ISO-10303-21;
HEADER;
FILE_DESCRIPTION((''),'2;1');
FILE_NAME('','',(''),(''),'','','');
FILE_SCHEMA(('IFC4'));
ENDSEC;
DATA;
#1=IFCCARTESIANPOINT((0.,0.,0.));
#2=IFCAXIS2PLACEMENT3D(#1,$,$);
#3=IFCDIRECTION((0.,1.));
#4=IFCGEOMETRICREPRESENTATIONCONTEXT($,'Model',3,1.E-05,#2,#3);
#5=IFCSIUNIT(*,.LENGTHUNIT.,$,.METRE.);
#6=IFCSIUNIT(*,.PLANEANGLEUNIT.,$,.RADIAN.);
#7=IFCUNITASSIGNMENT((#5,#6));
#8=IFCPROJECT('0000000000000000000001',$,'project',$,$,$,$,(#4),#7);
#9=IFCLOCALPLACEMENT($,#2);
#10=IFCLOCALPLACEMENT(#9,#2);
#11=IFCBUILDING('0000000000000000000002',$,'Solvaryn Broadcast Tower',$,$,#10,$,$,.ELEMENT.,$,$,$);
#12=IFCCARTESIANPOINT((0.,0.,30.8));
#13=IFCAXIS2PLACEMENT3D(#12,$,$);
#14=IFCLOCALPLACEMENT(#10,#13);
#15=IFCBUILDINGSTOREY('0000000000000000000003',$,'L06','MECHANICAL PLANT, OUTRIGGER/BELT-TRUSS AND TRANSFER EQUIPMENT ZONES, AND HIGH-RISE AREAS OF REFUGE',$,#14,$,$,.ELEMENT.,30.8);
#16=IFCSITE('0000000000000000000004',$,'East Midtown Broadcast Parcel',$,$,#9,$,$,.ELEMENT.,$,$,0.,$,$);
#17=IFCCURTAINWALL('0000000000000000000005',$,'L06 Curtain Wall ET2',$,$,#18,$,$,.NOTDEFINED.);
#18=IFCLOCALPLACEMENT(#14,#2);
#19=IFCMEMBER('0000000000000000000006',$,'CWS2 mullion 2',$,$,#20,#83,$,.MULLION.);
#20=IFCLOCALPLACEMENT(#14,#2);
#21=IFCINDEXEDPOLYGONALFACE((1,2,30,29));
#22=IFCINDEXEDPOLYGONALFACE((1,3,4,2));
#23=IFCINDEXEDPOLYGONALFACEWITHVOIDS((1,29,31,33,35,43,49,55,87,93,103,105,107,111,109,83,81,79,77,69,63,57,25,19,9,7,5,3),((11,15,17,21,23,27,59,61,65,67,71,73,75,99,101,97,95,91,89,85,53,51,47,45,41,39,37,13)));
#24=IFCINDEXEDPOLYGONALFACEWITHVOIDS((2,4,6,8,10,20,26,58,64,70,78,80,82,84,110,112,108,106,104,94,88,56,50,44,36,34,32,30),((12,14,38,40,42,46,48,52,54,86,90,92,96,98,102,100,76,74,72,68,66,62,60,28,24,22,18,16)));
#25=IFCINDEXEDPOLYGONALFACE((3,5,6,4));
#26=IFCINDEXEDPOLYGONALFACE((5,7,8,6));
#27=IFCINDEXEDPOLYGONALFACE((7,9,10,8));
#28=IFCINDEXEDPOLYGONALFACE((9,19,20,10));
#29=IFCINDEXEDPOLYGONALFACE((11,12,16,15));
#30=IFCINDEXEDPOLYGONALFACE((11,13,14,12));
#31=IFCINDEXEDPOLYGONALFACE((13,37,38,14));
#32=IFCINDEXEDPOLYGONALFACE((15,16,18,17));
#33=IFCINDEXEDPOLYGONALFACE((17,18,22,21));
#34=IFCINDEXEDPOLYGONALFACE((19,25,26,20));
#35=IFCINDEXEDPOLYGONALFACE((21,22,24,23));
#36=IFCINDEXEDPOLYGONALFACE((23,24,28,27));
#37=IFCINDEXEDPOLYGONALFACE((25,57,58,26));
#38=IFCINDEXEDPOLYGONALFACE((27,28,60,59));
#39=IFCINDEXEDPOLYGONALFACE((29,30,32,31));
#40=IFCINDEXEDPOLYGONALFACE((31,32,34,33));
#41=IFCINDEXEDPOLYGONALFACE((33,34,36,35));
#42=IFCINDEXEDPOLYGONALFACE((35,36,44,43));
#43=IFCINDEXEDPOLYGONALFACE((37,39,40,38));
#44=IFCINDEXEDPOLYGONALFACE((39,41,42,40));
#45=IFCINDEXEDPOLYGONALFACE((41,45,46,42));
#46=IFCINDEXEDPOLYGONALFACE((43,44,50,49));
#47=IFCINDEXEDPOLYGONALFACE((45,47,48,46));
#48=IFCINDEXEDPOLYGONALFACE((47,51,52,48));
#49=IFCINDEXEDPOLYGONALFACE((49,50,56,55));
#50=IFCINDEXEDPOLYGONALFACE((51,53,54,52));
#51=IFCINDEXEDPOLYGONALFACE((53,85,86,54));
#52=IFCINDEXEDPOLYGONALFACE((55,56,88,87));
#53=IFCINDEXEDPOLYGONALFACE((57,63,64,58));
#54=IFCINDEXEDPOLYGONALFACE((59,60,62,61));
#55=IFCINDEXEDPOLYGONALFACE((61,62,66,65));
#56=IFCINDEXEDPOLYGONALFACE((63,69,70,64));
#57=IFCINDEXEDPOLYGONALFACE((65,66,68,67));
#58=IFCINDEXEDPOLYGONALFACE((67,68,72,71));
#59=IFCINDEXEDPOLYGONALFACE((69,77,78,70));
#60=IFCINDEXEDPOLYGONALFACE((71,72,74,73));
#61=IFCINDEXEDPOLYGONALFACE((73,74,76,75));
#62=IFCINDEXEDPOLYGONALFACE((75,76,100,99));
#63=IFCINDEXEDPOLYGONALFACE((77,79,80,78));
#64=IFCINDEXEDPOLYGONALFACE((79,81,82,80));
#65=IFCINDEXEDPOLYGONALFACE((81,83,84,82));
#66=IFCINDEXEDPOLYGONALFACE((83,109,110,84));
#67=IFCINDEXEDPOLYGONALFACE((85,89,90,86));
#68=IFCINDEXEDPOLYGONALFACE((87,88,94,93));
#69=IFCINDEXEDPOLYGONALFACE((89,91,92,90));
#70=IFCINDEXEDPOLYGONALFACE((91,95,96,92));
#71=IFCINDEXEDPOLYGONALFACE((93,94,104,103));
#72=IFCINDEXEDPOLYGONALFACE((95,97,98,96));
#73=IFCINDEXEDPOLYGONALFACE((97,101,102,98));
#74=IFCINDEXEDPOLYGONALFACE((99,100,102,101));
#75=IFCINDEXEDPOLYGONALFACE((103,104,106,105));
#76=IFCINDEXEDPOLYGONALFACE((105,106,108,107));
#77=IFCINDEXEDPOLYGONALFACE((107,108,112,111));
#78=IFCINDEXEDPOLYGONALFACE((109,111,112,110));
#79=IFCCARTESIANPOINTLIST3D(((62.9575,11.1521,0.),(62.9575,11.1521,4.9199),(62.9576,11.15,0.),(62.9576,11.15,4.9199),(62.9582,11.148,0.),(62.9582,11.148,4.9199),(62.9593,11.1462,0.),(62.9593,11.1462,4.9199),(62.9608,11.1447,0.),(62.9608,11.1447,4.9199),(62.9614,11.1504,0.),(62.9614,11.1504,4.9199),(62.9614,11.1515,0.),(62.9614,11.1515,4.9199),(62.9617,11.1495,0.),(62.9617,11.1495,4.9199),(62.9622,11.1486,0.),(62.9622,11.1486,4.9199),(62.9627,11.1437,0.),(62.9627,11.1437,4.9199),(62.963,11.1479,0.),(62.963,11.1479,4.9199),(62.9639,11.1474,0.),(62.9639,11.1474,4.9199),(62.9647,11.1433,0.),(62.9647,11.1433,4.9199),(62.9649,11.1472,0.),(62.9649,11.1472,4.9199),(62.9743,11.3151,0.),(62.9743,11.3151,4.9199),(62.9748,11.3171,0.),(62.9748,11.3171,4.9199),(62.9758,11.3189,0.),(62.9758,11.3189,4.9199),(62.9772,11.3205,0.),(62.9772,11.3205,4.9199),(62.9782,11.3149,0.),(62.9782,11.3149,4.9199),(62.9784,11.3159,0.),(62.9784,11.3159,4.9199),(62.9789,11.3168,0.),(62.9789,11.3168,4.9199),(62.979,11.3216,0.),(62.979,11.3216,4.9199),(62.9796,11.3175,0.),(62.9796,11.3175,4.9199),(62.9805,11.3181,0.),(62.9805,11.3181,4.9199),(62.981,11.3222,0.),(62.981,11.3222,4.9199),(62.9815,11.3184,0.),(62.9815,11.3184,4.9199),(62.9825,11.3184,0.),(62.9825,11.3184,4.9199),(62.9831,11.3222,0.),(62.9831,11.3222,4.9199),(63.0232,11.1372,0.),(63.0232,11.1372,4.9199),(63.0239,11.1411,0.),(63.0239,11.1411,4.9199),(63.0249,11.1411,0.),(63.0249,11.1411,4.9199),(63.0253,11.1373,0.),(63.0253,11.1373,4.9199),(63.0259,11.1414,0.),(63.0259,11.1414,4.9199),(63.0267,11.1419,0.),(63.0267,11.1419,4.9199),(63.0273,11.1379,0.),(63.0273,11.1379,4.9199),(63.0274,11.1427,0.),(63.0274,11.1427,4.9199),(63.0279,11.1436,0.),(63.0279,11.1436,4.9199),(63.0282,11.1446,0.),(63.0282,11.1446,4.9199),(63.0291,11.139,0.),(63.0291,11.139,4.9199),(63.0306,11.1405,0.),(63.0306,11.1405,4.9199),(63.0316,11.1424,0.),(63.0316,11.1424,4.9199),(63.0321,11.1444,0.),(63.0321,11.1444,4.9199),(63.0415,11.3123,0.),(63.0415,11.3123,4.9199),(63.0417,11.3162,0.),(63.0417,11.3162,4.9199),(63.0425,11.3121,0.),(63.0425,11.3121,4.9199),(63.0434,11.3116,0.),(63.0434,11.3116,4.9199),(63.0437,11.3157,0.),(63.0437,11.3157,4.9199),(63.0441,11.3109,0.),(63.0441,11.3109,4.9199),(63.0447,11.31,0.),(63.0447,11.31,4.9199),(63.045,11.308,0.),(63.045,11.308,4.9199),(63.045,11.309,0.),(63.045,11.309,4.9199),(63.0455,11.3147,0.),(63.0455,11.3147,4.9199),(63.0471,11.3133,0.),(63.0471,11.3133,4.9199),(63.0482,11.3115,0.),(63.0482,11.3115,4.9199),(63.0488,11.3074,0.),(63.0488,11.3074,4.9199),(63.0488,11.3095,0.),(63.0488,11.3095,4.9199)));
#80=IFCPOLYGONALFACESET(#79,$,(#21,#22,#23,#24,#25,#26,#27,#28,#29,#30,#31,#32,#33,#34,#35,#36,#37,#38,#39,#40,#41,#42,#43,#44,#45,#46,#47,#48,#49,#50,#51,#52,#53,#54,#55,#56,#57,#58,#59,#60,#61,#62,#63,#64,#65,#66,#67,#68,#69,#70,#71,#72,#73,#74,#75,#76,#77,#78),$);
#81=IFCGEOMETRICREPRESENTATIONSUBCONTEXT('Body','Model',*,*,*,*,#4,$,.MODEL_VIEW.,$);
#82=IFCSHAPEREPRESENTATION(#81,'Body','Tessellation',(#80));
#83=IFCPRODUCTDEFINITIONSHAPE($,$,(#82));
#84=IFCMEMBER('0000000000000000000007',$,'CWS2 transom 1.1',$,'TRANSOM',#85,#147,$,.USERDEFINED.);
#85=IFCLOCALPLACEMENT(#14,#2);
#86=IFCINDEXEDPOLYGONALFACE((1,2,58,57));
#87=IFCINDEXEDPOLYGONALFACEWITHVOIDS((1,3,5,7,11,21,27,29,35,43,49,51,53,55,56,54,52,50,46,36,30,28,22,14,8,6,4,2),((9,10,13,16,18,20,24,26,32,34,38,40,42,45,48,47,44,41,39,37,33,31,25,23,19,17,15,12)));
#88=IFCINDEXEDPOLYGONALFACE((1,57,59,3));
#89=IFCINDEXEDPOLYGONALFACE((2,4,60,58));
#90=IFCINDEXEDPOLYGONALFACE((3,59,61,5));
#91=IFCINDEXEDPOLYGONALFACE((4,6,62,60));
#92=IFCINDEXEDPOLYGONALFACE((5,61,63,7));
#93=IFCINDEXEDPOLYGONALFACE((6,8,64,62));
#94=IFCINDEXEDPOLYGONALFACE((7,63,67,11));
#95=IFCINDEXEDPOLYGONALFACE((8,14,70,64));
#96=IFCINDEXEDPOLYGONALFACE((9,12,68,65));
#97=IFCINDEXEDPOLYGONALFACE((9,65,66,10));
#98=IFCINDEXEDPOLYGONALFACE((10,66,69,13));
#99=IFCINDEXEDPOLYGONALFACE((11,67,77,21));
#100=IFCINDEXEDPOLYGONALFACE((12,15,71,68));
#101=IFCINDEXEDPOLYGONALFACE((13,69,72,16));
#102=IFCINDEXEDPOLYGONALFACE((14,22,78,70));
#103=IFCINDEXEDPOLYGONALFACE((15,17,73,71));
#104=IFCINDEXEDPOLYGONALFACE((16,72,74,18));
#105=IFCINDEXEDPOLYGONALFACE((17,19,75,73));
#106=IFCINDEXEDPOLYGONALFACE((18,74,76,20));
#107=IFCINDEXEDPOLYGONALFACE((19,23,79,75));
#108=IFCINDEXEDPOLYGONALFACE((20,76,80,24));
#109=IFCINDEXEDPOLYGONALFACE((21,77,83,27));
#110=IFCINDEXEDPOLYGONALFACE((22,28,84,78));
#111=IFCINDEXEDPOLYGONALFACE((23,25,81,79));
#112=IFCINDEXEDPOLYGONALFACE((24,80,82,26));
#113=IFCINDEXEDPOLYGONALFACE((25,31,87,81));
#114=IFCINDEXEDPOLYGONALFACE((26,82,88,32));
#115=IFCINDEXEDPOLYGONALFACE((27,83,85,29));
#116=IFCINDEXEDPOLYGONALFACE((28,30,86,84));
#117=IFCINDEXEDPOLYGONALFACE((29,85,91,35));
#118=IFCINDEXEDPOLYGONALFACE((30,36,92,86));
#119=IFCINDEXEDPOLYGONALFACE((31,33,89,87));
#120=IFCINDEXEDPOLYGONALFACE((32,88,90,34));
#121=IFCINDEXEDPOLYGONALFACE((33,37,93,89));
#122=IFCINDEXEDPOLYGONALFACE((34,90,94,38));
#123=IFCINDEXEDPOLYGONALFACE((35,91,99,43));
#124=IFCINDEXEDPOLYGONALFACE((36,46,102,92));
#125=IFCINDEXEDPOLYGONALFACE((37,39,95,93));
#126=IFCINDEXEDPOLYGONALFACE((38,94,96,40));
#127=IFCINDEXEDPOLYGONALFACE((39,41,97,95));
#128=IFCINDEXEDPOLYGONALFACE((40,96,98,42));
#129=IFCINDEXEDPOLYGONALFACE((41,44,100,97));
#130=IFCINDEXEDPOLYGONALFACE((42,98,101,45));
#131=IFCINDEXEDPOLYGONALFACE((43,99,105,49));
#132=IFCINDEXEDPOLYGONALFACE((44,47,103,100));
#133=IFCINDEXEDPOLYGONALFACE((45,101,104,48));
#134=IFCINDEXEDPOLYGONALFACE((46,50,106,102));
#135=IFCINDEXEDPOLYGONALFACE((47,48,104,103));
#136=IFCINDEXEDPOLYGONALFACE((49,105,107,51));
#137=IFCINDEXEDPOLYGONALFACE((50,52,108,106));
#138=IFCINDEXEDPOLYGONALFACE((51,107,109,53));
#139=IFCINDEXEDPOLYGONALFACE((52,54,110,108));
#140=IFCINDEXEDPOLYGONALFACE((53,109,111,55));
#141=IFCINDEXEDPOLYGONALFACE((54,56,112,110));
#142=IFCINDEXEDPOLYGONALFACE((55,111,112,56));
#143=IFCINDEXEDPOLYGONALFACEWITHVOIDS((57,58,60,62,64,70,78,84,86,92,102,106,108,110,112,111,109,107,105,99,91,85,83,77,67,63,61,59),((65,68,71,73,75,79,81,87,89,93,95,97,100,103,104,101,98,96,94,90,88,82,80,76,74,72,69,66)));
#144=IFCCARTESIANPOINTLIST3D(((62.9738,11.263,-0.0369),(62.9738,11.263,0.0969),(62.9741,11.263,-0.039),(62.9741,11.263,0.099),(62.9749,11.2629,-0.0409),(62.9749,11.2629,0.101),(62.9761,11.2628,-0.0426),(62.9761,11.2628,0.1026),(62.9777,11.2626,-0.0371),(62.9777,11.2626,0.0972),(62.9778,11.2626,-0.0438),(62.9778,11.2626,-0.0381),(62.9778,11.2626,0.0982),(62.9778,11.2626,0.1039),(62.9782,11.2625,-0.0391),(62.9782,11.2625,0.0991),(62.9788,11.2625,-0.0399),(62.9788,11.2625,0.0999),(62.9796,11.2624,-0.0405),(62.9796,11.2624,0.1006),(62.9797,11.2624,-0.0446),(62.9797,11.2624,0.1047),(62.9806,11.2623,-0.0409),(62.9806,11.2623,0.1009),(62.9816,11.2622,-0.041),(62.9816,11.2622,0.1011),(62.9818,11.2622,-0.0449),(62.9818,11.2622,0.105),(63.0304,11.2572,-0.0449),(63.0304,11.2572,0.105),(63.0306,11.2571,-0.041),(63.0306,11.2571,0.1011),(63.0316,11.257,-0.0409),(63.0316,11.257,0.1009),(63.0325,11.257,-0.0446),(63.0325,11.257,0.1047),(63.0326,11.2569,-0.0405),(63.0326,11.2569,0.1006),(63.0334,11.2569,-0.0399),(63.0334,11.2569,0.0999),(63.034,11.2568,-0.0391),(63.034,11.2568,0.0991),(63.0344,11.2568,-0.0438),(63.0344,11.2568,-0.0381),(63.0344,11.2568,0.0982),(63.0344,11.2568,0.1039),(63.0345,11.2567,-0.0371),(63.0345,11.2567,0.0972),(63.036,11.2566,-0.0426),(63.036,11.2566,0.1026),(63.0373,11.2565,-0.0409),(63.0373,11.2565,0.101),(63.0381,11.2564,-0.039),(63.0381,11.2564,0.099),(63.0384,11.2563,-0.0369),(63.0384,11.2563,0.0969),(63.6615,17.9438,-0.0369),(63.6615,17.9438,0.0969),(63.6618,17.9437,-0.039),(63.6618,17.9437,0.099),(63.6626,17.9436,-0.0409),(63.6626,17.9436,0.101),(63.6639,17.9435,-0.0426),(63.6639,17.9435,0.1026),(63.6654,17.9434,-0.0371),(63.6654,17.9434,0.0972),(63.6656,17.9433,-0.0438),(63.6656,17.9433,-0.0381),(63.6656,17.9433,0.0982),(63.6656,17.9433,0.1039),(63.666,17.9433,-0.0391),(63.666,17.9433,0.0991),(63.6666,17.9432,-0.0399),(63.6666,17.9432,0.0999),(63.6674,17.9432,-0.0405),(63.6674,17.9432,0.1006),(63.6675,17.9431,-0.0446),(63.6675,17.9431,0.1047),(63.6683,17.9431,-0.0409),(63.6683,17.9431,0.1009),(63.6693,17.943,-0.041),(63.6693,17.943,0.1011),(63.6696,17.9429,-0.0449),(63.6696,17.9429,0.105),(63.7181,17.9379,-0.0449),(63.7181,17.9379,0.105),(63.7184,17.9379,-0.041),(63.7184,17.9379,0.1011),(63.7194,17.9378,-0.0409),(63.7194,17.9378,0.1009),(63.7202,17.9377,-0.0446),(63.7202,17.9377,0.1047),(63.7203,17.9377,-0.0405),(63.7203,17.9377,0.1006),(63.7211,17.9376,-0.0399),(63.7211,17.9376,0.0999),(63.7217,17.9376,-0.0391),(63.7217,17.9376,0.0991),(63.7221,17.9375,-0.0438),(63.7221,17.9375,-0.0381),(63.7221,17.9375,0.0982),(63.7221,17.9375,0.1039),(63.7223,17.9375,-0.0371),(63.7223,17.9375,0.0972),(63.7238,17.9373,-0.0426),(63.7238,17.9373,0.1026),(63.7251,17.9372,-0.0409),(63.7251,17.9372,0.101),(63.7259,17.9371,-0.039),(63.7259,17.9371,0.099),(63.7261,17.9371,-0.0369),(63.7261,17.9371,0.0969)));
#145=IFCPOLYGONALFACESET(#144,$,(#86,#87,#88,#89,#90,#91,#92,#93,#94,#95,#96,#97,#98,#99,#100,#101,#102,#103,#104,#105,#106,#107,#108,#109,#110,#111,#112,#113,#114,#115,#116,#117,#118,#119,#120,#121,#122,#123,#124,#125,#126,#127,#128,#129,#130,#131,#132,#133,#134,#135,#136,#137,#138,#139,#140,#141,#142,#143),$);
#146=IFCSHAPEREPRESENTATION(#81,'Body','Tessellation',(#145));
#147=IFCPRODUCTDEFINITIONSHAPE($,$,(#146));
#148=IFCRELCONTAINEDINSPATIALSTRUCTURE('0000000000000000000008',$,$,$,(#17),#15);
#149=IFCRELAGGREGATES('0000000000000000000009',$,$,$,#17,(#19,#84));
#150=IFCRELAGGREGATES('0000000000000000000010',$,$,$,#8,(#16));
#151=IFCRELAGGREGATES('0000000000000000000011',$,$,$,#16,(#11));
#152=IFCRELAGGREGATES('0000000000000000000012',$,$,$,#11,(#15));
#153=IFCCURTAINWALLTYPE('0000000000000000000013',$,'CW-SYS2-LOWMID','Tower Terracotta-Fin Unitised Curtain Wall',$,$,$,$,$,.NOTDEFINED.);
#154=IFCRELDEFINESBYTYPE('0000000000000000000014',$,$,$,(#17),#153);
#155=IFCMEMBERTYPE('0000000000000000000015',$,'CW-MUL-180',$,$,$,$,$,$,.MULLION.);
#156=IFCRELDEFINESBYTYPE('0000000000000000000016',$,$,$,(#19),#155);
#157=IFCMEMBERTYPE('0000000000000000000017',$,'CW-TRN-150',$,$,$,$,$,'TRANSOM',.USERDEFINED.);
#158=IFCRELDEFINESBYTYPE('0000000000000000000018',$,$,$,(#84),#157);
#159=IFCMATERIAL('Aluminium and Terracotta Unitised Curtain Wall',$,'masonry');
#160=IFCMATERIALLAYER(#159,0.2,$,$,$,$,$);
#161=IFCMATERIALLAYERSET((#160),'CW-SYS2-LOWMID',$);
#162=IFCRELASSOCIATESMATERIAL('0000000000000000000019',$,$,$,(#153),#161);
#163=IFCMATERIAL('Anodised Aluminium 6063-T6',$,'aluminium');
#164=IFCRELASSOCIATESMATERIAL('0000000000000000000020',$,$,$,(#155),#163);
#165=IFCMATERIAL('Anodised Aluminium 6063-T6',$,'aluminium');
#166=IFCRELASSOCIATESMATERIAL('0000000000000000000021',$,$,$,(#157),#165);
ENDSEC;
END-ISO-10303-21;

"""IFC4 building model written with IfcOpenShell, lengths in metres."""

from ifc_helpers import new_model, si_unit, direction, frame, origin, origin_2d, place, context, subcontext, project, spatial, hollow_rectangle, extrude, material, layer, layer_set, material_profile, profile_set, type_object, element, aggregate, save


model = new_model("IFC4")

# Units and contexts
model_context = context("Model", 3, precision=1e-05, world=origin(), true_north=direction((0.0, 1.0)))
body_context = subcontext(model_context, "Body", "Model", "MODEL_VIEW")
ifc_project = project(units=[si_unit("LENGTHUNIT", "METRE"), si_unit("PLANEANGLEUNIT", "RADIAN")], contexts=[model_context])

# Site, building, storey
site_placement = place(None, origin())
site = spatial("IfcSite", under=ifc_project, at=site_placement, Name="East Midtown Broadcast Parcel", CompositionType="ELEMENT", RefElevation=0.0)
building_placement = place(site_placement, origin())
building = spatial("IfcBuilding", under=site, at=building_placement, Name="Solvaryn Broadcast Tower", CompositionType="ELEMENT")
storey_placement = place(building_placement, frame((0.0, 0.0, 30.8)))
storey = spatial("IfcBuildingStorey", under=building, at=storey_placement, Name="L06", Description="MECHANICAL PLANT, OUTRIGGER/BELT-TRUSS AND TRANSFER EQUIPMENT ZONES, AND HIGH-RISE AREAS OF REFUGE", CompositionType="ELEMENT", Elevation=30.8)

# Curtain wall, members
ifc_material_1 = material(Name="Aluminium and Terracotta Unitised Curtain Wall", Category="masonry")
ifc_layer_1 = layer(ifc_material_1, 0.2)
ifc_layer_set_1 = layer_set([ifc_layer_1], Name="CW-SYS2-LOWMID")
curtain_wall_type = type_object("IfcCurtainWallType", Name="CW-SYS2-LOWMID", Description="Tower Terracotta-Fin Unitised Curtain Wall", PredefinedType="NOTDEFINED", material=ifc_layer_set_1)
curtain_wall_placement = place(storey_placement, origin())
curtain_wall = element("IfcCurtainWall", 1, at=curtain_wall_placement, inside=storey, type_object=curtain_wall_type, Name="L06 Curtain Wall ET2", PredefinedType="NOTDEFINED")
ifc_material_2 = material(Name="Anodised Aluminium 6063-T6", Category="aluminium")
ifc_material_profile_1 = material_profile(ifc_material_2, hollow_rectangle(XDim=0.075, YDim=0.1799, WallThickness=0.0039, InnerFilletRadius=0.0039, OuterFilletRadius=0.0081, at=origin_2d()))
ifc_profile_set_1 = profile_set([ifc_material_profile_1], Name="Anodised Aluminium 6063-T6")
member_type_1 = type_object("IfcMemberType", Name="CW-MUL-180", PredefinedType="MULLION", material=ifc_profile_set_1)
member_1_placement = place(storey_placement, frame((63.0032, 11.2297, 0.0), z_axis=(0.0, 0.0, 1.0), x_axis=(0.994743, -0.1024, 0.0)))
member_1 = element("IfcMember", 2, at=member_1_placement, type_object=member_type_1, Name="CWS2 mullion 2", PredefinedType="MULLION", context=body_context, shape_type="SweptSolid", body=[
    extrude(hollow_rectangle(XDim=0.075, YDim=0.1799, WallThickness=0.0039, InnerFilletRadius=0.0039, OuterFilletRadius=0.0081, at=origin_2d()), origin(), (0.0, 0.0, 1.0), 4.9199),
])
ifc_material_3 = material(Name="Anodised Aluminium 6063-T6", Category="aluminium")
ifc_material_profile_2 = material_profile(ifc_material_3, hollow_rectangle(XDim=0.0649, YDim=0.1499, WallThickness=0.0039, InnerFilletRadius=0.0039, OuterFilletRadius=0.0081, at=origin_2d()))
ifc_profile_set_2 = profile_set([ifc_material_profile_2], Name="Anodised Aluminium 6063-T6")
member_type_2 = type_object("IfcMemberType", Name="CW-TRN-150", ElementType="TRANSOM", PredefinedType="USERDEFINED", material=ifc_profile_set_2)
member_2_placement = place(storey_placement, frame((63.6938, 17.9404, 0.03), z_axis=(-0.102404, -0.994743, 0.0), x_axis=(0.994743, -0.102404, 0.0)))
member_2 = element("IfcMember", 3, at=member_2_placement, type_object=member_type_2, Name="CWS2 transom 1.1", ObjectType="TRANSOM", PredefinedType="USERDEFINED", context=body_context, shape_type="SweptSolid", body=[
    extrude(hollow_rectangle(XDim=0.0649, YDim=0.1499, WallThickness=0.0039, InnerFilletRadius=0.0039, OuterFilletRadius=0.0081, at=origin_2d()), origin(), (0.0, 0.0, 1.0), 6.7161),
])
aggregate(curtain_wall, [member_1, member_2])

save(model, "model.ifc")
